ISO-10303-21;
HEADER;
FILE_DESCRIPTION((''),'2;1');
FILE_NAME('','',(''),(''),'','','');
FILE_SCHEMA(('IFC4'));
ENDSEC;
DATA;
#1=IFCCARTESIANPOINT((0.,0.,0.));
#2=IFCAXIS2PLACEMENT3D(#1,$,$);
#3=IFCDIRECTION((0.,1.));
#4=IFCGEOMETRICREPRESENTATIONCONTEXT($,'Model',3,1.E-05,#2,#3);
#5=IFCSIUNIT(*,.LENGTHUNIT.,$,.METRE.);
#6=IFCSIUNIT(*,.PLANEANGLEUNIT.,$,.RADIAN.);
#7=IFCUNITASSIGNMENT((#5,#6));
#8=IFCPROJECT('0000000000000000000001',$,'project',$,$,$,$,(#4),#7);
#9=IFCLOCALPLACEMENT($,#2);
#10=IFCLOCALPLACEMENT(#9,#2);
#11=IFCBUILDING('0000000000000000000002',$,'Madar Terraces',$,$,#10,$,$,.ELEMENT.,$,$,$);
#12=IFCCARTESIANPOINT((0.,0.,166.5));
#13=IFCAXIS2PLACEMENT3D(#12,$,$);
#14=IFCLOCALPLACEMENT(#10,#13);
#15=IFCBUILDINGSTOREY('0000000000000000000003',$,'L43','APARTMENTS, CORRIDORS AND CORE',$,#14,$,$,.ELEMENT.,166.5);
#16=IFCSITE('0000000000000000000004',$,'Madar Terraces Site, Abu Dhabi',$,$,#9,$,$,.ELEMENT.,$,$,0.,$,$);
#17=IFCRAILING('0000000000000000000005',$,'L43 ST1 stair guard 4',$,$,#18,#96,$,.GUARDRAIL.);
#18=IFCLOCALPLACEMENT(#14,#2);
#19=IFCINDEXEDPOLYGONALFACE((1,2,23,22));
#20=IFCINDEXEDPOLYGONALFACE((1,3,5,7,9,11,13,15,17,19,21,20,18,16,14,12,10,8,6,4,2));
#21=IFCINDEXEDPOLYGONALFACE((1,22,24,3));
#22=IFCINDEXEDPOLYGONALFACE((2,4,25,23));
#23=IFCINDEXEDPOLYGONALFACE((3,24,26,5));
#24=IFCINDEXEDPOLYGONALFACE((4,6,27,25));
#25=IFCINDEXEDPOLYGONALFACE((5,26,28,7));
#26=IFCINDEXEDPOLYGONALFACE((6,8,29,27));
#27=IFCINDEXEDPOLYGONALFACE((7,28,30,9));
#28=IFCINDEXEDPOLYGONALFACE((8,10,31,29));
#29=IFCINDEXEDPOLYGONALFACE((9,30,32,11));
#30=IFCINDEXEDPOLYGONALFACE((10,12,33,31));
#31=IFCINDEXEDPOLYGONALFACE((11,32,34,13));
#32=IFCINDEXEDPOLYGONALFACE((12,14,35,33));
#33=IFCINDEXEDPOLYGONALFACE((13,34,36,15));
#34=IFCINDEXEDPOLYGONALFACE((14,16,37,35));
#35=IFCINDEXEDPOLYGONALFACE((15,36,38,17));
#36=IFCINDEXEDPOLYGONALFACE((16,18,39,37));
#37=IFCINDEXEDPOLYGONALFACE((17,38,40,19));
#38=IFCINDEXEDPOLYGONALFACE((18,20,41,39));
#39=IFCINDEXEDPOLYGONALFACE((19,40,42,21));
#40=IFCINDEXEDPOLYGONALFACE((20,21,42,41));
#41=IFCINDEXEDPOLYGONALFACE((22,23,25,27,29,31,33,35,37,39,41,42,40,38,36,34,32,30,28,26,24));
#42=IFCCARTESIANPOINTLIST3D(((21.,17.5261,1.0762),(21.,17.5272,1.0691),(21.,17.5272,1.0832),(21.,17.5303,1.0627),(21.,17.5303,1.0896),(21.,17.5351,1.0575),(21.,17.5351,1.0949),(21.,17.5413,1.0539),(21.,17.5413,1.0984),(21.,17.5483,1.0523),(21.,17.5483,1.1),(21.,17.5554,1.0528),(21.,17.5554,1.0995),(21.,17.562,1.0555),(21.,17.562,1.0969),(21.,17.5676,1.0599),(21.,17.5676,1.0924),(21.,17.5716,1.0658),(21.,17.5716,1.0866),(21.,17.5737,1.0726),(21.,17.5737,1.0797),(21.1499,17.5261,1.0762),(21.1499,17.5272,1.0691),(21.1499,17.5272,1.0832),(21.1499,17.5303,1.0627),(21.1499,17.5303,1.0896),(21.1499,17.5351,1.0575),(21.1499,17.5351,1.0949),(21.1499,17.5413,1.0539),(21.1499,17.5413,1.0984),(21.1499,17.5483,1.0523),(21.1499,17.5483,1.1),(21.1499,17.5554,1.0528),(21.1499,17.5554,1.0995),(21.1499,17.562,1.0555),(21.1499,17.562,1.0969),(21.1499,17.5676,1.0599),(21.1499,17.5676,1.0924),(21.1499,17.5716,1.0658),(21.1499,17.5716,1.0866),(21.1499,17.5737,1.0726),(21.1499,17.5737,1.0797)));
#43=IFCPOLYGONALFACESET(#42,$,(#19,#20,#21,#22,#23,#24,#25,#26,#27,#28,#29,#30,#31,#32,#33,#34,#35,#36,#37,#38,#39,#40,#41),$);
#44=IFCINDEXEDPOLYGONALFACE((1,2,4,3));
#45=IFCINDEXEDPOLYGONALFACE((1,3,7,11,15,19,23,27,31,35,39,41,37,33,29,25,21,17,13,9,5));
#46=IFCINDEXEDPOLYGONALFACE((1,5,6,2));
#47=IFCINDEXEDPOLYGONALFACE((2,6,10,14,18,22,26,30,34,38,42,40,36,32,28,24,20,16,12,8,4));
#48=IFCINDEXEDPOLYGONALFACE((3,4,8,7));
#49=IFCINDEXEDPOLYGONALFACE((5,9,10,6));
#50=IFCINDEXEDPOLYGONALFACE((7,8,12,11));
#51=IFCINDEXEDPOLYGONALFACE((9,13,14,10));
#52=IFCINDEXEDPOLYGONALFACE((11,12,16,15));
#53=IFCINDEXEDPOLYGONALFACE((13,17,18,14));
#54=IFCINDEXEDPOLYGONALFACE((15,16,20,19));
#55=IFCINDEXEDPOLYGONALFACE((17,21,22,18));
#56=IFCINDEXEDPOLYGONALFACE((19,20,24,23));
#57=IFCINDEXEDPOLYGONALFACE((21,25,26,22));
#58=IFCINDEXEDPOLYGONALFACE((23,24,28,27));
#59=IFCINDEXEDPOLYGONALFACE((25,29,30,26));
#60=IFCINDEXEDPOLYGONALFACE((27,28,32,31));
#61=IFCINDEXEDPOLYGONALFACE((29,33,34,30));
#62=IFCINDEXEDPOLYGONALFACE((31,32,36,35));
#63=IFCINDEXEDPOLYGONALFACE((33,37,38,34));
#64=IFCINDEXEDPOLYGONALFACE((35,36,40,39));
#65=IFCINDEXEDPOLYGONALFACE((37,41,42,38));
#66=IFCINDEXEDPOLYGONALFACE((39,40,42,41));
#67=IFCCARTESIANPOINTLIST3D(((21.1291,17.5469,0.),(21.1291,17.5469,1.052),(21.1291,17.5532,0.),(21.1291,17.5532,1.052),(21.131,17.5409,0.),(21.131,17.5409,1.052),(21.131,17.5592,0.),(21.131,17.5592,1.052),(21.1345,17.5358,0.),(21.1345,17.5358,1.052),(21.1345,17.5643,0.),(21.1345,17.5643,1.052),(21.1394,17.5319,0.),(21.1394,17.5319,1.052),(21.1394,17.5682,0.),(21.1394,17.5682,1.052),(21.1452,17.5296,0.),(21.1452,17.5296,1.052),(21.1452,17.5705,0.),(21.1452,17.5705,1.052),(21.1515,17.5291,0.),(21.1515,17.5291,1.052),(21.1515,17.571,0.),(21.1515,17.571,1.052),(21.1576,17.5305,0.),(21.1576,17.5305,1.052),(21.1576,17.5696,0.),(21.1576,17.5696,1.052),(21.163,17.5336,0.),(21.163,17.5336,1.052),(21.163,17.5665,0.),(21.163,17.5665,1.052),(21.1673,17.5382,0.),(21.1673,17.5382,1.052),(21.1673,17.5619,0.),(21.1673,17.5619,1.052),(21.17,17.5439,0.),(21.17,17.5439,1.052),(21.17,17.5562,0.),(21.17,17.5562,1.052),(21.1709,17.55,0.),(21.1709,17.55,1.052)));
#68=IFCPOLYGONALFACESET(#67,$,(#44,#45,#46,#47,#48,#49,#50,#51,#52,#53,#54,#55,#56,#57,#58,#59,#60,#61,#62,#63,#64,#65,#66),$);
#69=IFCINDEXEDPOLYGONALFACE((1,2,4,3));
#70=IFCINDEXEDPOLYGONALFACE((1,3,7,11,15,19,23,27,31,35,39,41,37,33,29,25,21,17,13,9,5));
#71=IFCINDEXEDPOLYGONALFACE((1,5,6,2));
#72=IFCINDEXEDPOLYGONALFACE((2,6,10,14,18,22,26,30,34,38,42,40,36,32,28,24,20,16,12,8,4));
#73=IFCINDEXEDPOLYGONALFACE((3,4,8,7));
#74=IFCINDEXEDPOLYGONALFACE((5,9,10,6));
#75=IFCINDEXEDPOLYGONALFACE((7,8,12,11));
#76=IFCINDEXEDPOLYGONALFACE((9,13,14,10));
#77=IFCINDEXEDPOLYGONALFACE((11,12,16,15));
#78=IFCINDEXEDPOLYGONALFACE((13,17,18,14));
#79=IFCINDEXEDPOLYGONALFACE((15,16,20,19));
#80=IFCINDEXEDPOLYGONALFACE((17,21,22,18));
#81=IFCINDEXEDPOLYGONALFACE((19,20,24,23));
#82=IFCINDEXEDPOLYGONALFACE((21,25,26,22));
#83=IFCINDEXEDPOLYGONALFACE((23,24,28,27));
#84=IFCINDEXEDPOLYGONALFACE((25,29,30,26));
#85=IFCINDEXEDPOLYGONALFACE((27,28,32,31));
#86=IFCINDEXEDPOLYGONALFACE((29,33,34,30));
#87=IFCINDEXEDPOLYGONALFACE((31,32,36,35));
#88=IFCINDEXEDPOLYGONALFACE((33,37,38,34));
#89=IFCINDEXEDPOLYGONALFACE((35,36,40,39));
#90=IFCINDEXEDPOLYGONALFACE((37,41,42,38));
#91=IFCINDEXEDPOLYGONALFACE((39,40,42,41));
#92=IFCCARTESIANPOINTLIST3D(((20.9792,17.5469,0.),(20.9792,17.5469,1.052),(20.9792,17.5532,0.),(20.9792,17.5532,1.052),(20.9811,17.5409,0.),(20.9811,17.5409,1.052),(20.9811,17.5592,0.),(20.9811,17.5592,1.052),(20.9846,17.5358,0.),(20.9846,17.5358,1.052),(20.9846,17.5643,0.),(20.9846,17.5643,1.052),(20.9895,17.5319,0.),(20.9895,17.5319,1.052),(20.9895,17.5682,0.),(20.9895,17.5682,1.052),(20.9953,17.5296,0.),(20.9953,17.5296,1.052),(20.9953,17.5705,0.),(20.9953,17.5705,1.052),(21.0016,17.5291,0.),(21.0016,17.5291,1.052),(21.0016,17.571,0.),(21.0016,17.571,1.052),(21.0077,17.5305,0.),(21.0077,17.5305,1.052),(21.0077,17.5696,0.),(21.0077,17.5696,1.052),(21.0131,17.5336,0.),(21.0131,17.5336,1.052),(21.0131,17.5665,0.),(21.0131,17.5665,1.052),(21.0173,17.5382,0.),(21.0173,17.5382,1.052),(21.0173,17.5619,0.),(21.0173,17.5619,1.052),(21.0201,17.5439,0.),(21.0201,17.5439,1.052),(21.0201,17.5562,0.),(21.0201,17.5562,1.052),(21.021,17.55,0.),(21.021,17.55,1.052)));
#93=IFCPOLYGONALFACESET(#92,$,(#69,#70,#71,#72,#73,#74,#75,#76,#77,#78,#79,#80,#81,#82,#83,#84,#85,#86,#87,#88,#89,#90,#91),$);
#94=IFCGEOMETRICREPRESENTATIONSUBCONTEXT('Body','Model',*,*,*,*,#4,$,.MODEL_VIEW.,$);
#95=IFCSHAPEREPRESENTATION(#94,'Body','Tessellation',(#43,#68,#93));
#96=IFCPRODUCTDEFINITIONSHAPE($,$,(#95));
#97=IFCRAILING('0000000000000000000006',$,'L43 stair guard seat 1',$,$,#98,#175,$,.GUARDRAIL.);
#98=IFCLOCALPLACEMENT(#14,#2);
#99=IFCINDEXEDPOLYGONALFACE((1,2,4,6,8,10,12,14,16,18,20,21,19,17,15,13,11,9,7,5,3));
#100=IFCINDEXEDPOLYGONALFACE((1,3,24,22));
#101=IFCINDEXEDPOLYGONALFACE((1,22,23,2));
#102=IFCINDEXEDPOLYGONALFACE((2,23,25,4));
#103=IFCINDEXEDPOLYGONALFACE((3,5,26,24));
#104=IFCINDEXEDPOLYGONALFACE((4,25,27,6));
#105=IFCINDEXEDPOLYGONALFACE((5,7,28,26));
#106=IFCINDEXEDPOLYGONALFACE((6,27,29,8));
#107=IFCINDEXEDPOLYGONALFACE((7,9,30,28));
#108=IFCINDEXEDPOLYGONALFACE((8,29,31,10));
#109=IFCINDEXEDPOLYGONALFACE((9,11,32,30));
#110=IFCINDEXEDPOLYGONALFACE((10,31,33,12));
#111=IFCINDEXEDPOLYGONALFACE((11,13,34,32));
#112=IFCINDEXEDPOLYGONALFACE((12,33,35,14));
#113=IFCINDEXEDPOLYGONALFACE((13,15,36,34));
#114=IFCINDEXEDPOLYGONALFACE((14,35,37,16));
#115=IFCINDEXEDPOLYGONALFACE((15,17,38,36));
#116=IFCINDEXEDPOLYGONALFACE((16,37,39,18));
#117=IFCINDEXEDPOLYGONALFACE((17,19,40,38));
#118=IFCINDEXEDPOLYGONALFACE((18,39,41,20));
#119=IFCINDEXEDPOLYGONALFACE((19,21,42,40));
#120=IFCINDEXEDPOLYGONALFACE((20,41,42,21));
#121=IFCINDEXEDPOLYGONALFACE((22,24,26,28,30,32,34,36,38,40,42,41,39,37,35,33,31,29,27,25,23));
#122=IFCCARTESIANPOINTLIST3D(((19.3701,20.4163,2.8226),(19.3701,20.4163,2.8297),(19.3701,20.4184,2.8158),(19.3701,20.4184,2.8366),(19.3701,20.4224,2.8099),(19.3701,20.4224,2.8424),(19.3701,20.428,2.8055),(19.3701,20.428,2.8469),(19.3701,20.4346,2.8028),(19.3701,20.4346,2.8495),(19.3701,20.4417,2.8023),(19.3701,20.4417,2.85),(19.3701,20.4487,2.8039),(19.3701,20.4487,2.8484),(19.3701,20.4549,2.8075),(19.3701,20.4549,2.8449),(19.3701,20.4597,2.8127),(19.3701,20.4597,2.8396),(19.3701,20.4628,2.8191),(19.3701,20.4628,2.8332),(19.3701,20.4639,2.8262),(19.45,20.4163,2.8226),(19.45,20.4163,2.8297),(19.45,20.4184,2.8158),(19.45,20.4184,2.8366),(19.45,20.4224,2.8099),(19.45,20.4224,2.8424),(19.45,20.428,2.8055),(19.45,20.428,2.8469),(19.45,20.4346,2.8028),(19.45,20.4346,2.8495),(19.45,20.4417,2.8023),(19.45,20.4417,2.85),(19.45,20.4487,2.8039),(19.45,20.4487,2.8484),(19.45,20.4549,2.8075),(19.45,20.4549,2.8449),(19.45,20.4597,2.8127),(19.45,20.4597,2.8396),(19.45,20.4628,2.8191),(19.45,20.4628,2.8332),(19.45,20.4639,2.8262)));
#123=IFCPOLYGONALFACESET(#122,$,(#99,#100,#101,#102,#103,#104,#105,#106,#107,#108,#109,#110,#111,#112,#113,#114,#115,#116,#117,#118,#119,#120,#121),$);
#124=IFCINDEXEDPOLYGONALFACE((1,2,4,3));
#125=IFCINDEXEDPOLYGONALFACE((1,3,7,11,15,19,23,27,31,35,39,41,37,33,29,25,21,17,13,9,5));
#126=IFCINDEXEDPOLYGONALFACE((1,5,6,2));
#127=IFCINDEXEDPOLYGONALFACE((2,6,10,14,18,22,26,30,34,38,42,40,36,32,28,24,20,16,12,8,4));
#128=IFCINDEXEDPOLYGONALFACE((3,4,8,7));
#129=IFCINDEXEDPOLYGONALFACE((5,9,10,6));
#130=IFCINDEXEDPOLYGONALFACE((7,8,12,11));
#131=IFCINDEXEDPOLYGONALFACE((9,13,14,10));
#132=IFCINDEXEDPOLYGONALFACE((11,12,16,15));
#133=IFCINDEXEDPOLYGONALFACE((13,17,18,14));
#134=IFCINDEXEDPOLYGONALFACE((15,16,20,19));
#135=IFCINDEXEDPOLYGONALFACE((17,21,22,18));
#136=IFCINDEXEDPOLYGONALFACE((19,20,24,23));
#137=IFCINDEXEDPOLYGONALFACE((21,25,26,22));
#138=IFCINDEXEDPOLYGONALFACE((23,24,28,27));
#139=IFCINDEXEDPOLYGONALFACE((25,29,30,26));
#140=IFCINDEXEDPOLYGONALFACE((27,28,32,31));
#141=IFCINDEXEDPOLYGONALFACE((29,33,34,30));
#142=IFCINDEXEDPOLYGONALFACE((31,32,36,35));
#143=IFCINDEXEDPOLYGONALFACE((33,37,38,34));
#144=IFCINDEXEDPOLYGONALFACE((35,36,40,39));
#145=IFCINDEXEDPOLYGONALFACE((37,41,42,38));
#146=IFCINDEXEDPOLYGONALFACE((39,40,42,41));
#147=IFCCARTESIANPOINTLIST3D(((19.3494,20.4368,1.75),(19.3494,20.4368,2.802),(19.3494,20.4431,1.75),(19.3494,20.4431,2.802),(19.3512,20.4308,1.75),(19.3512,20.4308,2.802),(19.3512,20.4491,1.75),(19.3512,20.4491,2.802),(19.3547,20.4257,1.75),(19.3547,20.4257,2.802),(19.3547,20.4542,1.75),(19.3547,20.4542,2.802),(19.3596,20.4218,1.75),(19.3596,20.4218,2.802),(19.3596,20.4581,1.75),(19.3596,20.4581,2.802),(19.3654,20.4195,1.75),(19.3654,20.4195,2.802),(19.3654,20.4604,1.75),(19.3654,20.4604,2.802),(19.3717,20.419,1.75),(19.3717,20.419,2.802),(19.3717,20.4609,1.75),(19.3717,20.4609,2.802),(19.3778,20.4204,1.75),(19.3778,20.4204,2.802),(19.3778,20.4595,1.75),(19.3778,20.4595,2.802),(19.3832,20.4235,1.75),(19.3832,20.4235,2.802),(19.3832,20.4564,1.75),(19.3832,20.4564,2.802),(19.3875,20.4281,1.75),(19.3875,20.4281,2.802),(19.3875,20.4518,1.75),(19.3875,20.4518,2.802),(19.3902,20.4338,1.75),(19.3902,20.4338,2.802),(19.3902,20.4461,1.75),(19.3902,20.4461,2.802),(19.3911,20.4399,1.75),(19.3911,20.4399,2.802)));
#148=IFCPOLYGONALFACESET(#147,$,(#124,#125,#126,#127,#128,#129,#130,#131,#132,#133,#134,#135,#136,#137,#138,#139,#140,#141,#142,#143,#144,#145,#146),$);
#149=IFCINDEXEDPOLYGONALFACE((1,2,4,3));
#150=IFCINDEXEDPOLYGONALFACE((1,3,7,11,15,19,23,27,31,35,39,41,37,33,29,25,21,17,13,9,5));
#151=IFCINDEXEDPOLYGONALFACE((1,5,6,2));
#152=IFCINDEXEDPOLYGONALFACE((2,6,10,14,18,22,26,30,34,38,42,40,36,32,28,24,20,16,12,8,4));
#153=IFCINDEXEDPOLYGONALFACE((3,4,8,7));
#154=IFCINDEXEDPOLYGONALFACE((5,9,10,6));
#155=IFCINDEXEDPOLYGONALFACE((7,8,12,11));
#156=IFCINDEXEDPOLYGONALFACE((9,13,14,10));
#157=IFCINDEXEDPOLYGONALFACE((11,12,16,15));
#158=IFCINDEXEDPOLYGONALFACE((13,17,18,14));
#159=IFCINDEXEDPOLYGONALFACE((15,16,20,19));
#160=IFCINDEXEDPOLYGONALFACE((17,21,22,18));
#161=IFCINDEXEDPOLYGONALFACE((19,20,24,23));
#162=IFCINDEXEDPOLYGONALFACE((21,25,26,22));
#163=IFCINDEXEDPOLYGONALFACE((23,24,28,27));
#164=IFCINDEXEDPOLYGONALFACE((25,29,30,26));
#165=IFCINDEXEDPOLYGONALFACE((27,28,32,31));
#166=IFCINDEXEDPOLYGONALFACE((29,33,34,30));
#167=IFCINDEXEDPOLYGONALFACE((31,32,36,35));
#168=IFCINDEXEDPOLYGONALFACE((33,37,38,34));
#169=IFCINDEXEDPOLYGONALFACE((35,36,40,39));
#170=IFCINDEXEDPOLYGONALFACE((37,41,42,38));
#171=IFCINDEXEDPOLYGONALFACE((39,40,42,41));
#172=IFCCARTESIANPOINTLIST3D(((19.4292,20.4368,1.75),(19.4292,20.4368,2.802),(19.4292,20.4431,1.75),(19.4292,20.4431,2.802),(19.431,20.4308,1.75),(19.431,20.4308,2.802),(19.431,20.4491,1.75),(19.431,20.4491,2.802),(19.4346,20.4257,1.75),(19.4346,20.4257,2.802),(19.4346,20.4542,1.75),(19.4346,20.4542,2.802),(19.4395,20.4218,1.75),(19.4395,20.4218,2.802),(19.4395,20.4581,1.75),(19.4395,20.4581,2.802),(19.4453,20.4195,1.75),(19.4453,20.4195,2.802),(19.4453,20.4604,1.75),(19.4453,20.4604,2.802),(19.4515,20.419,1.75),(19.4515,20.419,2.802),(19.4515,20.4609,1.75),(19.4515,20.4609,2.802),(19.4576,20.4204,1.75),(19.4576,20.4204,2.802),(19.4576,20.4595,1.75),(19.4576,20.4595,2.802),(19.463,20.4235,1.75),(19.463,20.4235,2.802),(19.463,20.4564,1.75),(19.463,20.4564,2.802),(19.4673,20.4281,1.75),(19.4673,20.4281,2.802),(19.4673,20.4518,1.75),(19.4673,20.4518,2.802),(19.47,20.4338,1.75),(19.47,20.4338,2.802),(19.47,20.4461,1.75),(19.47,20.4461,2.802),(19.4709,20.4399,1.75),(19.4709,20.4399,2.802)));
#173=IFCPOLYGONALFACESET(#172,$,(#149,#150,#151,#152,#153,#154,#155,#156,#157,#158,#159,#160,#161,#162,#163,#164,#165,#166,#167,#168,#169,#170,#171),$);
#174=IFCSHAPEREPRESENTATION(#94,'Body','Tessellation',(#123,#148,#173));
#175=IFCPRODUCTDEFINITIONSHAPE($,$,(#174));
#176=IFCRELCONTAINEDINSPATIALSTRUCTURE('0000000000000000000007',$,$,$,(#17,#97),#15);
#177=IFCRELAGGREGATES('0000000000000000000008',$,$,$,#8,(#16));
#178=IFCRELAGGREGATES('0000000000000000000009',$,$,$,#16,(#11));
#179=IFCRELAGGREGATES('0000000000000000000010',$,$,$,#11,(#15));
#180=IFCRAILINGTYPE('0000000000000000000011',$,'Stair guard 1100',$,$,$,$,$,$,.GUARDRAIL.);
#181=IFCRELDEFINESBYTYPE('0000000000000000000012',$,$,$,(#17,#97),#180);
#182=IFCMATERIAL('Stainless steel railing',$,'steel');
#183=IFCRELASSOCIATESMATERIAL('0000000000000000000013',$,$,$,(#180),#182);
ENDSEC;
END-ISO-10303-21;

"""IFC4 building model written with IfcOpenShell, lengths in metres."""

from ifc_helpers import new_model, si_unit, direction, frame, origin, origin_2d, place, context, subcontext, project, spatial, circle, extrude, material, type_object, element, save


model = new_model("IFC4")

# Units and contexts
model_context = context("Model", 3, precision=1e-05, world=origin(), true_north=direction((0.0, 1.0)))
body_context = subcontext(model_context, "Body", "Model", "MODEL_VIEW")
ifc_project = project(units=[si_unit("LENGTHUNIT", "METRE"), si_unit("PLANEANGLEUNIT", "RADIAN")], contexts=[model_context])

# Site, building, storey
site_placement = place(None, origin())
site = spatial("IfcSite", under=ifc_project, at=site_placement, Name="Madar Terraces Site, Abu Dhabi", CompositionType="ELEMENT", RefElevation=0.0)
building_placement = place(site_placement, origin())
building = spatial("IfcBuilding", under=site, at=building_placement, Name="Madar Terraces", CompositionType="ELEMENT")
storey_placement = place(building_placement, frame((0.0, 0.0, 166.5)))
storey = spatial("IfcBuildingStorey", under=building, at=storey_placement, Name="L43", Description="APARTMENTS, CORRIDORS AND CORE", CompositionType="ELEMENT", Elevation=166.5)

# Railings
ifc_material_1 = material(Name="Stainless steel railing", Category="steel")
railing_type_1 = type_object("IfcRailingType", Name="Stair guard 1100", PredefinedType="GUARDRAIL", material=ifc_material_1)
railing_1_placement = place(storey_placement, frame((21.1499, 17.55, 0.0)))
element("IfcRailing", 1, at=railing_1_placement, inside=storey, type_object=railing_type_1, Name="L43 ST1 stair guard 4", PredefinedType="GUARDRAIL", context=body_context, shape_type="SweptSolid", body=[
    extrude(circle(Radius=0.0239, at=origin_2d()), frame((0.0, 0.0, 1.0762), z_axis=(-1.0, 0.0, 0.0), x_axis=(0.0, -1.0, 0.0)), (0.0, 0.0, 1.0), 0.1499),
    extrude(circle(Radius=0.021, at=origin_2d()), origin(), (0.0, 0.0, 1.0), 1.052),
    extrude(circle(Radius=0.021, at=origin_2d()), frame((-0.1499, 0.0, 0.0)), (0.0, 0.0, 1.0), 1.052),
])
railing_2_placement = place(storey_placement, frame((19.3701, 20.4399, 1.75)))
element("IfcRailing", 2, at=railing_2_placement, inside=storey, type_object=railing_type_1, Name="L43 stair guard seat 1", PredefinedType="GUARDRAIL", context=body_context, shape_type="SweptSolid", body=[
    extrude(circle(Radius=0.0239, at=origin_2d()), frame((0.0, 0.0, 1.0762), z_axis=(1.0, 0.0, 0.0), x_axis=(0.0, 1.0, 0.0)), (0.0, 0.0, 1.0), 0.0798),
    extrude(circle(Radius=0.021, at=origin_2d()), origin(), (0.0, 0.0, 1.0), 1.052),
    extrude(circle(Radius=0.021, at=origin_2d()), frame((0.0798, 0.0, 0.0)), (0.0, 0.0, 1.0), 1.052),
])

save(model, "model.ifc")
